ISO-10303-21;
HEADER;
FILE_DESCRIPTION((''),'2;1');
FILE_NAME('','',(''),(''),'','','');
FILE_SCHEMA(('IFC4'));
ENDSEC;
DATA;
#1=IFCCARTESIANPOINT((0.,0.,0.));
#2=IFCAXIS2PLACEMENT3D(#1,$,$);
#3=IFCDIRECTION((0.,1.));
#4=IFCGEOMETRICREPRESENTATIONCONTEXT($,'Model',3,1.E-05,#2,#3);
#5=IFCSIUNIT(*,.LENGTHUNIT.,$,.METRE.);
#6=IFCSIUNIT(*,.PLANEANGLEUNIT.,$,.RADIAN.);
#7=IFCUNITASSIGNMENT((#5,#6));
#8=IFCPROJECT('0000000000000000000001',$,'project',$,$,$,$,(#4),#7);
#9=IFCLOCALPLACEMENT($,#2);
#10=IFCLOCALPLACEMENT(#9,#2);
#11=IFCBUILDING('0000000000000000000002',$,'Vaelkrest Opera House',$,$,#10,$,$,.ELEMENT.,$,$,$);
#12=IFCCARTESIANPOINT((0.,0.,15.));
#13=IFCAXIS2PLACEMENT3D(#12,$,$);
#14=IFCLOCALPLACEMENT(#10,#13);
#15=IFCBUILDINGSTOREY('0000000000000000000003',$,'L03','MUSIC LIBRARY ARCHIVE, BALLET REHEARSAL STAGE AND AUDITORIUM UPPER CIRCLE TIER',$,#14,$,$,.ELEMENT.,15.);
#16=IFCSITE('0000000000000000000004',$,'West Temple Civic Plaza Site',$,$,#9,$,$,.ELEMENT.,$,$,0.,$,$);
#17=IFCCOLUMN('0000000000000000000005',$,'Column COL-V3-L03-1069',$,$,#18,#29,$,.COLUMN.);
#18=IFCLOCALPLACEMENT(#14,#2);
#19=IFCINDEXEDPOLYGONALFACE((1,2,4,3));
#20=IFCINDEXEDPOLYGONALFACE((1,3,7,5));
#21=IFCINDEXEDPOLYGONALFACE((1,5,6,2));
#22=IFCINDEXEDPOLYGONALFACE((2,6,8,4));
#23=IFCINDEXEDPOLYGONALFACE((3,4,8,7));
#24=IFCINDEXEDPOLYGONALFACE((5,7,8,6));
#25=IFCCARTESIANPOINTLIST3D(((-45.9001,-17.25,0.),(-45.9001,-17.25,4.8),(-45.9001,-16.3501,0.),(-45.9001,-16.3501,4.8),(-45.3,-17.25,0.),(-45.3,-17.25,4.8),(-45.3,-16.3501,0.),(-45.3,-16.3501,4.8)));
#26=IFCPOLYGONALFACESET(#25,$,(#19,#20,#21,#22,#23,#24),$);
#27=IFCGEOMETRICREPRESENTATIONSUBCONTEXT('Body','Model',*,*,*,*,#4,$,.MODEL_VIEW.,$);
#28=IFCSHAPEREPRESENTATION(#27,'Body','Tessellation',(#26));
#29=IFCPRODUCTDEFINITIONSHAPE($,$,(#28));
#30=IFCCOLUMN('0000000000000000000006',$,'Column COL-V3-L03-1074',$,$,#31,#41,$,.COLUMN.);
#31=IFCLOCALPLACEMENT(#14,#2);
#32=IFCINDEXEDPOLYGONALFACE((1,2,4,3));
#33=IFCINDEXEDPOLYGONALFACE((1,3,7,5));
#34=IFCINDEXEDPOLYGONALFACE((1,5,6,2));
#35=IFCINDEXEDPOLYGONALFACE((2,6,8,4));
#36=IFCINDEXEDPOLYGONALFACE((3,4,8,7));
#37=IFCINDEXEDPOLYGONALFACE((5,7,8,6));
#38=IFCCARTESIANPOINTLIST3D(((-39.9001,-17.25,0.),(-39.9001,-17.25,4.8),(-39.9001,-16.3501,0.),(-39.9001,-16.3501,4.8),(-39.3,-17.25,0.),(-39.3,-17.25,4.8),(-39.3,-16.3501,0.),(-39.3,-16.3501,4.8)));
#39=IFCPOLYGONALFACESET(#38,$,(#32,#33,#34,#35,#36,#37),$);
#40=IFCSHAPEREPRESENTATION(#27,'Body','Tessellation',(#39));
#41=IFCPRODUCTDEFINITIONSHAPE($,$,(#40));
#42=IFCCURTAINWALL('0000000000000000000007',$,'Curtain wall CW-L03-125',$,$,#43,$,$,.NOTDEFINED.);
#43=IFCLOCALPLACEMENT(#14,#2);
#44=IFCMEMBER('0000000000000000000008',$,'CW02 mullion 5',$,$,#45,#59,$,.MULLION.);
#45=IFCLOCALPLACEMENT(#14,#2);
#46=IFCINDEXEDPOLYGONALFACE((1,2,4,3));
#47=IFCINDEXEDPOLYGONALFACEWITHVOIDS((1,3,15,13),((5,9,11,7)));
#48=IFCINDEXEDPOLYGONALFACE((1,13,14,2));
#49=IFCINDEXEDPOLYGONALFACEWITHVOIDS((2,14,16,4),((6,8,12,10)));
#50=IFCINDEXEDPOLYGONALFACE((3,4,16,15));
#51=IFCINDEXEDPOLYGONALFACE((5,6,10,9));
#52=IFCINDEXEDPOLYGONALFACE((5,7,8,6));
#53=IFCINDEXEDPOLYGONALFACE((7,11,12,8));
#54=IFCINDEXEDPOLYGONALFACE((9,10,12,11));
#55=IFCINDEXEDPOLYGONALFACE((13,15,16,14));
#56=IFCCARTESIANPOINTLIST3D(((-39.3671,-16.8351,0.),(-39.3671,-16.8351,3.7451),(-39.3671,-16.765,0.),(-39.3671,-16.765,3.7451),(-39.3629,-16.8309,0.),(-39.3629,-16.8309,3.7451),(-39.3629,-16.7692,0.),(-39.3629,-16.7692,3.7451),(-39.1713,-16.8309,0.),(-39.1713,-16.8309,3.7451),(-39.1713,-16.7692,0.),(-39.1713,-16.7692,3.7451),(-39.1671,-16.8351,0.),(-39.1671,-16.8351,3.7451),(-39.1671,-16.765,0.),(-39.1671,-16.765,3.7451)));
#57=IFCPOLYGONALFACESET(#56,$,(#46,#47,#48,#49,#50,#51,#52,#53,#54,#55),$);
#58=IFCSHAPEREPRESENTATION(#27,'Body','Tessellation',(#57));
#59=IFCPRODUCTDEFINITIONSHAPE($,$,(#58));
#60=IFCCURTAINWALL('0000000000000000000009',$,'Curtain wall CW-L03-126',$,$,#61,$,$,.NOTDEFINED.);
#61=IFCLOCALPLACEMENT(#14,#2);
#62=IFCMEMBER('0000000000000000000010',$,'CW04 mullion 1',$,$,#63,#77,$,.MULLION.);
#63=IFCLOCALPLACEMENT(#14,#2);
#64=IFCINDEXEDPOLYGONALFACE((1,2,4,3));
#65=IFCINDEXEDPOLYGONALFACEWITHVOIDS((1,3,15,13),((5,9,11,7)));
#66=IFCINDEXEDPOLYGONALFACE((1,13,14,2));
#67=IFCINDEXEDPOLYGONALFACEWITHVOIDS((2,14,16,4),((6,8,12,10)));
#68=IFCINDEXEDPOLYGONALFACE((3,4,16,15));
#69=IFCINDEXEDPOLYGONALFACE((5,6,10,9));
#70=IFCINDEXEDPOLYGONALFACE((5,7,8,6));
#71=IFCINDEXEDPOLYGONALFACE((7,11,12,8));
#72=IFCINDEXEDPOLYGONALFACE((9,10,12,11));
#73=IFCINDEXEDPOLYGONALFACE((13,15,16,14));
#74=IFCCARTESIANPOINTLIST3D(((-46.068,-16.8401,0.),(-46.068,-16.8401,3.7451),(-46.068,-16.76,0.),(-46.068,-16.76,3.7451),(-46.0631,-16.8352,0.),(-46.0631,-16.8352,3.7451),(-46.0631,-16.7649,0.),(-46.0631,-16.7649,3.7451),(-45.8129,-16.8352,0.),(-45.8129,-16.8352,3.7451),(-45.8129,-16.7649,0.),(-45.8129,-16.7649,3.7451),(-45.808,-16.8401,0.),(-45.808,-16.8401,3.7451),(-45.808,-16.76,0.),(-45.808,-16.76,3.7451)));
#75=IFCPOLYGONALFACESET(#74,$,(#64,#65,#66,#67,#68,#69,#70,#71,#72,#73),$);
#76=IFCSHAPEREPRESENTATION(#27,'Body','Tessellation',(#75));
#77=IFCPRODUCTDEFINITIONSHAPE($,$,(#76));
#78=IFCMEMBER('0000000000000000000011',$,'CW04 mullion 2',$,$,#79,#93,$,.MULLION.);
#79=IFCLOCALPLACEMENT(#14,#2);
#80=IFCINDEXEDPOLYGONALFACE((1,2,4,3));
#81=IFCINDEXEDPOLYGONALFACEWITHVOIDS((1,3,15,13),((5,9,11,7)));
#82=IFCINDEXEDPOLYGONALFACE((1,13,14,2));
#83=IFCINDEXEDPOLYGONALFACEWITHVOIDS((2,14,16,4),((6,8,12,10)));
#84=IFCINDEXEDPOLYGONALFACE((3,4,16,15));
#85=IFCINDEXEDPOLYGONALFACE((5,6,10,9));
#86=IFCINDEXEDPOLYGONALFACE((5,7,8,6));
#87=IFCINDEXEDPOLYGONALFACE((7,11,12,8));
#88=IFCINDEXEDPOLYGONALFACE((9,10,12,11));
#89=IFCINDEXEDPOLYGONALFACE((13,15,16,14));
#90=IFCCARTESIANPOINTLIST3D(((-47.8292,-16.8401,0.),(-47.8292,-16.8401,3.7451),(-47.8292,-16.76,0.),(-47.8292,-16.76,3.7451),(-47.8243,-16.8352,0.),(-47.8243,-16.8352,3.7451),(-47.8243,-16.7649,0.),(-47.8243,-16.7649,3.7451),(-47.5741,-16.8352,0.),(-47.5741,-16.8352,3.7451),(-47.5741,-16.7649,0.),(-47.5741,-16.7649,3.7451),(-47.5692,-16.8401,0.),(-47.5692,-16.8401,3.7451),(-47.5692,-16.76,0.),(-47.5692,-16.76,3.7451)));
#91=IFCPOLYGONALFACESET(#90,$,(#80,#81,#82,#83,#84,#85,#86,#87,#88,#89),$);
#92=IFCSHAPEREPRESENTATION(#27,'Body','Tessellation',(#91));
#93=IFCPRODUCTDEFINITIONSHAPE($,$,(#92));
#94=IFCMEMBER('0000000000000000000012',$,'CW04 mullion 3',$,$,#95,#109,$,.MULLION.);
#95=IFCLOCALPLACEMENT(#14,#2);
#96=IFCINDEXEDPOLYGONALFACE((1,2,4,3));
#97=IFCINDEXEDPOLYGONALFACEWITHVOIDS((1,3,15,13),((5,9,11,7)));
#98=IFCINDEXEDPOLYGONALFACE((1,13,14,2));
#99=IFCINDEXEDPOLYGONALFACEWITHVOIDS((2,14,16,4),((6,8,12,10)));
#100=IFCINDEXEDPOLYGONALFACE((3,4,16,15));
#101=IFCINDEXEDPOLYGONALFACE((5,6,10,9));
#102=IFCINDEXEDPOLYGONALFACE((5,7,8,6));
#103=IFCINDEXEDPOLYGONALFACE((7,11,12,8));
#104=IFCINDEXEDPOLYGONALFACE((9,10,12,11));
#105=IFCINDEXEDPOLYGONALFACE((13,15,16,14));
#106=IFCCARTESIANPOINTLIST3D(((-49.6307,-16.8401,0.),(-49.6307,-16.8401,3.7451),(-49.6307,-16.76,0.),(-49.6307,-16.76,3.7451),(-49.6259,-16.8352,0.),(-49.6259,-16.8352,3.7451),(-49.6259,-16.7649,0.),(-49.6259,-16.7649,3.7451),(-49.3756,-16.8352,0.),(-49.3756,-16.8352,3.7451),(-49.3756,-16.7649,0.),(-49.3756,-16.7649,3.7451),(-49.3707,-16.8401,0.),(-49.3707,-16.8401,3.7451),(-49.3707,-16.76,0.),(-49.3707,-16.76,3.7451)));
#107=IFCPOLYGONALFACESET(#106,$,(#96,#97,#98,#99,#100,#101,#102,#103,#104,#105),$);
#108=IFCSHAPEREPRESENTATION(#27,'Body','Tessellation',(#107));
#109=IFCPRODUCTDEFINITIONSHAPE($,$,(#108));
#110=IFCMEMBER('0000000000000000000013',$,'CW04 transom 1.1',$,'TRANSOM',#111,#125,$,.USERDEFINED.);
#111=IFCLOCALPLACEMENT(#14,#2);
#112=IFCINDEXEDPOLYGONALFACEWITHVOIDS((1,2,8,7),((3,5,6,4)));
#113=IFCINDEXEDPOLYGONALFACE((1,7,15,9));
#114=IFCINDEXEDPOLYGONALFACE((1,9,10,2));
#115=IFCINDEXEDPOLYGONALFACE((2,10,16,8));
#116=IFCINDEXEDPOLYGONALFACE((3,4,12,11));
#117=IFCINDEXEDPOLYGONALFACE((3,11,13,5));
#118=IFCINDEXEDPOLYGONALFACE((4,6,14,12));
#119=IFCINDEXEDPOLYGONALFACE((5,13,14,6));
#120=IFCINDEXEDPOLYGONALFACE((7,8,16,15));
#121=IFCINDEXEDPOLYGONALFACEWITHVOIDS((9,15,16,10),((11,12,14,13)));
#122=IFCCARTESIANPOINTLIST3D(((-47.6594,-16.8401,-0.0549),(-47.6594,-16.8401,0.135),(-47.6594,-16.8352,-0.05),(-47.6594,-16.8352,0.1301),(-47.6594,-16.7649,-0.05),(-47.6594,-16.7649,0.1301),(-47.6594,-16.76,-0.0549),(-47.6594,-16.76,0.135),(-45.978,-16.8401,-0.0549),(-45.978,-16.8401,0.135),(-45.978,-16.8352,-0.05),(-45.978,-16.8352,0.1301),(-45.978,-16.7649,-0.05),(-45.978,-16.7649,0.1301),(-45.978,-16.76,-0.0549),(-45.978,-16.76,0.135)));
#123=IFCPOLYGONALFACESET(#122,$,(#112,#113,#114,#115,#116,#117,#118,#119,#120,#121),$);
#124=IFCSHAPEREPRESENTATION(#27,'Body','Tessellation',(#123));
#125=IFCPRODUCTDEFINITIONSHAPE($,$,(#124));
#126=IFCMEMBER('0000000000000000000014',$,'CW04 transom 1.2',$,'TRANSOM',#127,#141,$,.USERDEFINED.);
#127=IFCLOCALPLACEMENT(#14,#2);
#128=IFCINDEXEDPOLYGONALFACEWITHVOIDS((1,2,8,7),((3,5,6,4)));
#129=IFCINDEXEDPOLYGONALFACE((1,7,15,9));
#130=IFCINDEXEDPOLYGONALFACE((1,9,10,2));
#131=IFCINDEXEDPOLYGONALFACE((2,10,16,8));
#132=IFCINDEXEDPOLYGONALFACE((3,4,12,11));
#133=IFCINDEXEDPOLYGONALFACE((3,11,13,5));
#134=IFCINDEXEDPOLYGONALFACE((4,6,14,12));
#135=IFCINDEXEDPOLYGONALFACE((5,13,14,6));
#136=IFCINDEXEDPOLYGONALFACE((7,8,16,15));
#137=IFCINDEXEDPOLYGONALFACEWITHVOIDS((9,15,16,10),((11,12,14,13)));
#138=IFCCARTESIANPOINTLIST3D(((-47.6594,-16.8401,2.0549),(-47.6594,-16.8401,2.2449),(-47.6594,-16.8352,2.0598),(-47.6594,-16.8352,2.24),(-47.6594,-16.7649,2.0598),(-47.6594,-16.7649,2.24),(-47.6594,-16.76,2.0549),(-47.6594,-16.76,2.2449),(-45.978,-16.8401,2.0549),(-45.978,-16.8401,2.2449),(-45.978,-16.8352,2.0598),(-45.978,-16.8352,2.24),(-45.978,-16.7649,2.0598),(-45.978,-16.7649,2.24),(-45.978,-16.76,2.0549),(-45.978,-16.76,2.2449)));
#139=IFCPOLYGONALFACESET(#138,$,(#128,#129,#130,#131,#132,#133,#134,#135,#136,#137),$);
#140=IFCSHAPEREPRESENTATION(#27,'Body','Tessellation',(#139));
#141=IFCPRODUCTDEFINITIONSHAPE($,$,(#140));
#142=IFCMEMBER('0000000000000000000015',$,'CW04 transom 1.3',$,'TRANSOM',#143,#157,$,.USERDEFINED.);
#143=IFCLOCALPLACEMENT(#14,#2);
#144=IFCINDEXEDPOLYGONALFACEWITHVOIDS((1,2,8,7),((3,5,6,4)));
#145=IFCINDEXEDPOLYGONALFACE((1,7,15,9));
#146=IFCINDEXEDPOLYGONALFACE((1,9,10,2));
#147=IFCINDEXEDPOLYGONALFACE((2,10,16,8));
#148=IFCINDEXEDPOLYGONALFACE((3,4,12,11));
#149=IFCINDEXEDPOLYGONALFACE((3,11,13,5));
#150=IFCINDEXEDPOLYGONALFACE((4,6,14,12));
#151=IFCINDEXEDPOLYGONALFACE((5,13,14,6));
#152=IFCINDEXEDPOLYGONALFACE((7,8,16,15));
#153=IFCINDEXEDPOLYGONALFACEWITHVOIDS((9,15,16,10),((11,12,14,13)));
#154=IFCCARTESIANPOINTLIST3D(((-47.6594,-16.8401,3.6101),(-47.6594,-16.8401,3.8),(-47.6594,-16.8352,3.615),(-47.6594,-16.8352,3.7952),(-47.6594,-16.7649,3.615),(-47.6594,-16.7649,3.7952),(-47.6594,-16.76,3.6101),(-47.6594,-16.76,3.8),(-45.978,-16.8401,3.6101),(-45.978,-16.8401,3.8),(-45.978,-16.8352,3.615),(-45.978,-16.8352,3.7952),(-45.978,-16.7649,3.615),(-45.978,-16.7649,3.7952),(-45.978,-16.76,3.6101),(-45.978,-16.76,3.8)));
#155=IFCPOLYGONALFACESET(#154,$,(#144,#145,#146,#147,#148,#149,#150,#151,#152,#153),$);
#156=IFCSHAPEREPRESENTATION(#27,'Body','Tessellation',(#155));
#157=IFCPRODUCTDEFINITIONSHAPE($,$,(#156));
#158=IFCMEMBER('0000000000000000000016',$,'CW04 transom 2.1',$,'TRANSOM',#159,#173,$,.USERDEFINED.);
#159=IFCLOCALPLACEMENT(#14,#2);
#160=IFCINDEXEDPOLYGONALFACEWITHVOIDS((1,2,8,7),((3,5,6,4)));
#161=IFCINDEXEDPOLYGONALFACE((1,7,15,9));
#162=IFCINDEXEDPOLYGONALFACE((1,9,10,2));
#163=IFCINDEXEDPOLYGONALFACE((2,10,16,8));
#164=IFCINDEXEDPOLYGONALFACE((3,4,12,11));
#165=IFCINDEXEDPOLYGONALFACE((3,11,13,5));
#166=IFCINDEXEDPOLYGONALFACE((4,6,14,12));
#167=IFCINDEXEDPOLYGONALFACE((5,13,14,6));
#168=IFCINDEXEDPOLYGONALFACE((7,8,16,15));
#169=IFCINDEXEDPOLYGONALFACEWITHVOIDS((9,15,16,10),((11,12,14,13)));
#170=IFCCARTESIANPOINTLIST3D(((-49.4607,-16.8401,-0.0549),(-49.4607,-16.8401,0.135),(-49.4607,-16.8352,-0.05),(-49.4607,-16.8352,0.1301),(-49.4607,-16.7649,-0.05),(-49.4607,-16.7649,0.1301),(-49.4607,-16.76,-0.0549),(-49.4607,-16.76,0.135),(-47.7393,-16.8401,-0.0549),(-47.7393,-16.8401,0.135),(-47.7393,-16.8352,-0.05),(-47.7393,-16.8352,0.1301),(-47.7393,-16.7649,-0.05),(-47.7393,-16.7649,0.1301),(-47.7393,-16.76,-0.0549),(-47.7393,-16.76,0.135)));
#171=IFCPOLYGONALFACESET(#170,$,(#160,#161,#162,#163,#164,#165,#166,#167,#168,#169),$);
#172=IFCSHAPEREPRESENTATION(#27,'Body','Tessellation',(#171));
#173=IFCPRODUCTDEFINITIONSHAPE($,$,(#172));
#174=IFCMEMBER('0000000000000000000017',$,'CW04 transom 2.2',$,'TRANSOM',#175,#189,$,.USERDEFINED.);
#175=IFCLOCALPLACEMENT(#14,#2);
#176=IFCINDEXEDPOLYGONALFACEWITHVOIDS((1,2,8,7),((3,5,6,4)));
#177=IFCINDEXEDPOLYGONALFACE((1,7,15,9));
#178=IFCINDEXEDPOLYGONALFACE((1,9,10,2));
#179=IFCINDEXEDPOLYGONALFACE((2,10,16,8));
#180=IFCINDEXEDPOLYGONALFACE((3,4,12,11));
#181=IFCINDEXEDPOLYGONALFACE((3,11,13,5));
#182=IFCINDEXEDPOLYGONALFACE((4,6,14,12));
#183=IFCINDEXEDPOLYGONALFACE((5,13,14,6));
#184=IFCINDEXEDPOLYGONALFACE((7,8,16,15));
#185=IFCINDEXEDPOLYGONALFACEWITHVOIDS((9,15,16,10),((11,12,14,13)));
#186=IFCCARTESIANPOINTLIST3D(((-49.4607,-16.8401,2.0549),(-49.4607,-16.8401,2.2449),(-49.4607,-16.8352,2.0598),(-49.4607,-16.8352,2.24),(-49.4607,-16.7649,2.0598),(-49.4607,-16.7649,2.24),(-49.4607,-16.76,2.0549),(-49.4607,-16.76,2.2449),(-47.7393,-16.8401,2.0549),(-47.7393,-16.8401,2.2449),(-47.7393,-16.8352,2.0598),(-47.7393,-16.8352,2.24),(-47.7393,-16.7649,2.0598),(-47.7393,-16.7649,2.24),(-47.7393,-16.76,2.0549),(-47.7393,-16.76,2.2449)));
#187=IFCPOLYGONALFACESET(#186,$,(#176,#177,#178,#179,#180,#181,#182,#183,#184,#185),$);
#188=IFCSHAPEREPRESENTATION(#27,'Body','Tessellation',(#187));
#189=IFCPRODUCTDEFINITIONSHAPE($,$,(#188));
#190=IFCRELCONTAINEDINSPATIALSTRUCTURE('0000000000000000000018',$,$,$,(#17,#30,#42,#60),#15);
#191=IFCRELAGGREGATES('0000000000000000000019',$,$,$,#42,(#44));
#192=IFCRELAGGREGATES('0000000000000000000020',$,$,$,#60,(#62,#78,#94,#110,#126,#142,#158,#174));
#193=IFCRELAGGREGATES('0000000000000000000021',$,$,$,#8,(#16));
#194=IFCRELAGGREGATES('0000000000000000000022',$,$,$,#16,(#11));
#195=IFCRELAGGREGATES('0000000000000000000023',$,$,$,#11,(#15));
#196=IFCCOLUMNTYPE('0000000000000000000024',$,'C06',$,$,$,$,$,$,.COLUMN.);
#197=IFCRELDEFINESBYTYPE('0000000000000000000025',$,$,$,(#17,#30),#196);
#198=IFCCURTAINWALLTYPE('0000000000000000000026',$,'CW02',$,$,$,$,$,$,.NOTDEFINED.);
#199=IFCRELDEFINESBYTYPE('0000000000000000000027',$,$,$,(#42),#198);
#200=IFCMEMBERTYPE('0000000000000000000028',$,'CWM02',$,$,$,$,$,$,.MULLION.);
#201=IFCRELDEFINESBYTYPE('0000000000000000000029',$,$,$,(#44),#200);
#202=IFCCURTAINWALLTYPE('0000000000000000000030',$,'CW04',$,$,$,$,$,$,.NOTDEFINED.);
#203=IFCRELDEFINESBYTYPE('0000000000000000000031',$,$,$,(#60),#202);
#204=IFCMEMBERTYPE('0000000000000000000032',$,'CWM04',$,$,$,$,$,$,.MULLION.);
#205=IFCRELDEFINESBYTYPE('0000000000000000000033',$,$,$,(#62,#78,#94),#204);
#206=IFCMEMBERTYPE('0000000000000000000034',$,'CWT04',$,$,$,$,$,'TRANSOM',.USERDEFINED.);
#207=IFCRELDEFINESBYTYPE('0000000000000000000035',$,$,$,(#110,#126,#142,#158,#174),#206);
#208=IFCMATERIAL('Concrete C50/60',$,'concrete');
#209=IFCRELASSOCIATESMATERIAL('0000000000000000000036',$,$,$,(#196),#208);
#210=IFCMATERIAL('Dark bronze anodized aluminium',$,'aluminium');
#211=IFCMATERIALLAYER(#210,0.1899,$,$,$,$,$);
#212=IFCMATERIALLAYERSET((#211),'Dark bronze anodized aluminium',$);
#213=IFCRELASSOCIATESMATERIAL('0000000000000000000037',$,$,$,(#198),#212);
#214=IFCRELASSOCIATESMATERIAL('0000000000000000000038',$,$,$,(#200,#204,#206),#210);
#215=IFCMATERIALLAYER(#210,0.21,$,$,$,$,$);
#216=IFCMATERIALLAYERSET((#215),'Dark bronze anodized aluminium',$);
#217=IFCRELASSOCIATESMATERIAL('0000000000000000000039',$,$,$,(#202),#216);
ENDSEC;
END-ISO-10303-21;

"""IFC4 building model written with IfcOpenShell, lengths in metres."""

from ifc_helpers import new_model, si_unit, direction, frame, origin, origin_2d, place, context, subcontext, project, spatial, rectangle, hollow_rectangle, extrude, material, layer, layer_set, material_profile, profile_set, type_object, element, aggregate, save


model = new_model("IFC4")

# Units and contexts
model_context = context("Model", 3, precision=1e-05, world=origin(), true_north=direction((0.0, 1.0)))
body_context = subcontext(model_context, "Body", "Model", "MODEL_VIEW")
ifc_project = project(units=[si_unit("LENGTHUNIT", "METRE"), si_unit("PLANEANGLEUNIT", "RADIAN")], contexts=[model_context])

# Site, building, storey
site_placement = place(None, origin())
site = spatial("IfcSite", under=ifc_project, at=site_placement, Name="West Temple Civic Plaza Site", CompositionType="ELEMENT", RefElevation=0.0)
building_placement = place(site_placement, origin())
building = spatial("IfcBuilding", under=site, at=building_placement, Name="Vaelkrest Opera House", CompositionType="ELEMENT")
storey_placement = place(building_placement, frame((0.0, 0.0, 15.0)))
storey = spatial("IfcBuildingStorey", under=building, at=storey_placement, Name="L03", Description="MUSIC LIBRARY ARCHIVE, BALLET REHEARSAL STAGE AND AUDITORIUM UPPER CIRCLE TIER", CompositionType="ELEMENT", Elevation=15.0)

# Columns
ifc_material_1 = material(Name="Concrete C50/60", Category="concrete")
ifc_material_profile_1 = material_profile(ifc_material_1, rectangle(XDim=0.6001, YDim=0.8999, at=origin_2d()), Name="RC600X900")
ifc_profile_set_1 = profile_set([ifc_material_profile_1], Name="Concrete C50/60")
column_type = type_object("IfcColumnType", Name="C06", PredefinedType="COLUMN", material=ifc_profile_set_1)
for number, where, z_axis, x_axis, name in (
    (1, (-45.6001, -16.8, 0.0), (0.0, 0.0, 1.0), (1.0, 0.0, 0.0), "Column COL-V3-L03-1069"),
    (2, (-39.6001, -16.8, 0.0), (0.0, 0.0, 1.0), (1.0, 0.0, 0.0), "Column COL-V3-L03-1074"),
):
    element("IfcColumn", number, at=place(storey_placement, frame(where, z_axis=z_axis, x_axis=x_axis)), inside=storey, type_object=column_type, Name=name, PredefinedType="COLUMN", context=body_context, shape_type="SweptSolid", body=[
        extrude(rectangle(XDim=0.6001, YDim=0.8999, at=origin_2d()), origin(), (0.0, 0.0, 1.0), 4.8),
    ])

# Curtain wall, member
ifc_material_2 = material(Name="Dark bronze anodized aluminium", Category="aluminium")
ifc_layer_1 = layer(ifc_material_2, 0.1899)
ifc_layer_set_1 = layer_set([ifc_layer_1], Name="Dark bronze anodized aluminium")
curtain_wall_type_1 = type_object("IfcCurtainWallType", Name="CW02", PredefinedType="NOTDEFINED", material=ifc_layer_set_1)
curtain_wall_1_placement = place(storey_placement, origin())
curtain_wall_1 = element("IfcCurtainWall", 3, at=curtain_wall_1_placement, inside=storey, type_object=curtain_wall_type_1, Name="Curtain wall CW-L03-125", PredefinedType="NOTDEFINED")
ifc_material_profile_2 = material_profile(ifc_material_2, hollow_rectangle(XDim=0.0701, YDim=0.2, WallThickness=0.0042, at=origin_2d()), Name="CWM70X200")
ifc_profile_set_2 = profile_set([ifc_material_profile_2], Name="Dark bronze anodized aluminium")
member_type_1 = type_object("IfcMemberType", Name="CWM02", PredefinedType="MULLION", material=ifc_profile_set_2)
member_1_placement = place(storey_placement, frame((-39.2671, -16.8, 0.0), z_axis=(0.0, 0.0, 1.0), x_axis=(0.0, -1.0, 0.0)))
member_1 = element("IfcMember", 4, at=member_1_placement, type_object=member_type_1, Name="CW02 mullion 5", PredefinedType="MULLION", context=body_context, shape_type="SweptSolid", body=[
    extrude(hollow_rectangle(XDim=0.0701, YDim=0.2, WallThickness=0.0042, at=origin_2d()), origin(), (0.0, 0.0, 1.0), 3.7451),
])

# Curtain wall, members
ifc_layer_2 = layer(ifc_material_2, 0.21)
ifc_layer_set_2 = layer_set([ifc_layer_2], Name="Dark bronze anodized aluminium")
curtain_wall_type_2 = type_object("IfcCurtainWallType", Name="CW04", PredefinedType="NOTDEFINED", material=ifc_layer_set_2)
curtain_wall_2_placement = place(storey_placement, origin())
curtain_wall_2 = element("IfcCurtainWall", 5, at=curtain_wall_2_placement, inside=storey, type_object=curtain_wall_type_2, Name="Curtain wall CW-L03-126", PredefinedType="NOTDEFINED")
ifc_material_profile_3 = material_profile(ifc_material_2, hollow_rectangle(XDim=0.0801, YDim=0.26, WallThickness=0.0049, at=origin_2d()), Name="CWM80X260")
ifc_profile_set_3 = profile_set([ifc_material_profile_3], Name="Dark bronze anodized aluminium")
member_type_2 = type_object("IfcMemberType", Name="CWM04", PredefinedType="MULLION", material=ifc_profile_set_3)
member_2_placement = place(storey_placement, frame((-45.938, -16.8, 0.0), z_axis=(0.0, 0.0, 1.0), x_axis=(0.0, -1.0, 0.0)))
member_2 = element("IfcMember", 6, at=member_2_placement, type_object=member_type_2, Name="CW04 mullion 1", PredefinedType="MULLION", context=body_context, shape_type="SweptSolid", body=[
    extrude(hollow_rectangle(XDim=0.0801, YDim=0.26, WallThickness=0.0049, at=origin_2d()), origin(), (0.0, 0.0, 1.0), 3.7451),
])
member_3_placement = place(storey_placement, frame((-47.6992, -16.8, 0.0), z_axis=(0.0, 0.0, 1.0), x_axis=(0.0, -1.0, 0.0)))
member_3 = element("IfcMember", 7, at=member_3_placement, type_object=member_type_2, Name="CW04 mullion 2", PredefinedType="MULLION", context=body_context, shape_type="SweptSolid", body=[
    extrude(hollow_rectangle(XDim=0.0801, YDim=0.26, WallThickness=0.0049, at=origin_2d()), origin(), (0.0, 0.0, 1.0), 3.7451),
])
member_4_placement = place(storey_placement, frame((-49.5007, -16.8, 0.0), z_axis=(0.0, 0.0, 1.0), x_axis=(0.0, -1.0, 0.0)))
member_4 = element("IfcMember", 8, at=member_4_placement, type_object=member_type_2, Name="CW04 mullion 3", PredefinedType="MULLION", context=body_context, shape_type="SweptSolid", body=[
    extrude(hollow_rectangle(XDim=0.0801, YDim=0.26, WallThickness=0.0049, at=origin_2d()), origin(), (0.0, 0.0, 1.0), 3.7451),
])
ifc_material_profile_4 = material_profile(ifc_material_2, hollow_rectangle(XDim=0.0801, YDim=0.1899, WallThickness=0.0049, at=origin_2d()), Name="CWT80X190")
ifc_profile_set_4 = profile_set([ifc_material_profile_4], Name="Dark bronze anodized aluminium")
member_type_3 = type_object("IfcMemberType", Name="CWT04", ElementType="TRANSOM", PredefinedType="USERDEFINED", material=ifc_profile_set_4)
member_5_placement = place(storey_placement, frame((-45.978, -16.8, 0.04), z_axis=(-1.0, 0.0, 0.0), x_axis=(0.0, -1.0, 0.0)))
member_5 = element("IfcMember", 9, at=member_5_placement, type_object=member_type_3, Name="CW04 transom 1.1", ObjectType="TRANSOM", PredefinedType="USERDEFINED", context=body_context, shape_type="SweptSolid", body=[
    extrude(hollow_rectangle(XDim=0.0801, YDim=0.1899, WallThickness=0.0049, at=origin_2d()), origin(), (0.0, 0.0, 1.0), 1.6814),
])
member_6_placement = place(storey_placement, frame((-45.978, -16.8, 2.1499), z_axis=(-1.0, 0.0, 0.0), x_axis=(0.0, -1.0, 0.0)))
member_6 = element("IfcMember", 10, at=member_6_placement, type_object=member_type_3, Name="CW04 transom 1.2", ObjectType="TRANSOM", PredefinedType="USERDEFINED", context=body_context, shape_type="SweptSolid", body=[
    extrude(hollow_rectangle(XDim=0.0801, YDim=0.1899, WallThickness=0.0049, at=origin_2d()), origin(), (0.0, 0.0, 1.0), 1.6814),
])
member_7_placement = place(storey_placement, frame((-45.978, -16.8, 3.7051), z_axis=(-1.0, 0.0, 0.0), x_axis=(0.0, -1.0, 0.0)))
member_7 = element("IfcMember", 11, at=member_7_placement, type_object=member_type_3, Name="CW04 transom 1.3", ObjectType="TRANSOM", PredefinedType="USERDEFINED", context=body_context, shape_type="SweptSolid", body=[
    extrude(hollow_rectangle(XDim=0.0801, YDim=0.1899, WallThickness=0.0049, at=origin_2d()), origin(), (0.0, 0.0, 1.0), 1.6814),
])
member_8_placement = place(storey_placement, frame((-47.7393, -16.8, 0.04), z_axis=(-1.0, 0.0, 0.0), x_axis=(0.0, -1.0, 0.0)))
member_8 = element("IfcMember", 12, at=member_8_placement, type_object=member_type_3, Name="CW04 transom 2.1", ObjectType="TRANSOM", PredefinedType="USERDEFINED", context=body_context, shape_type="SweptSolid", body=[
    extrude(hollow_rectangle(XDim=0.0801, YDim=0.1899, WallThickness=0.0049, at=origin_2d()), origin(), (0.0, 0.0, 1.0), 1.7214),
])
member_9_placement = place(storey_placement, frame((-47.7393, -16.8, 2.1499), z_axis=(-1.0, 0.0, 0.0), x_axis=(0.0, -1.0, 0.0)))
member_9 = element("IfcMember", 13, at=member_9_placement, type_object=member_type_3, Name="CW04 transom 2.2", ObjectType="TRANSOM", PredefinedType="USERDEFINED", context=body_context, shape_type="SweptSolid", body=[
    extrude(hollow_rectangle(XDim=0.0801, YDim=0.1899, WallThickness=0.0049, at=origin_2d()), origin(), (0.0, 0.0, 1.0), 1.7214),
])

aggregate(curtain_wall_1, [member_1])
aggregate(curtain_wall_2, [member_2, member_3, member_4, member_5, member_6, member_7, member_8, member_9])

save(model, "model.ifc")
